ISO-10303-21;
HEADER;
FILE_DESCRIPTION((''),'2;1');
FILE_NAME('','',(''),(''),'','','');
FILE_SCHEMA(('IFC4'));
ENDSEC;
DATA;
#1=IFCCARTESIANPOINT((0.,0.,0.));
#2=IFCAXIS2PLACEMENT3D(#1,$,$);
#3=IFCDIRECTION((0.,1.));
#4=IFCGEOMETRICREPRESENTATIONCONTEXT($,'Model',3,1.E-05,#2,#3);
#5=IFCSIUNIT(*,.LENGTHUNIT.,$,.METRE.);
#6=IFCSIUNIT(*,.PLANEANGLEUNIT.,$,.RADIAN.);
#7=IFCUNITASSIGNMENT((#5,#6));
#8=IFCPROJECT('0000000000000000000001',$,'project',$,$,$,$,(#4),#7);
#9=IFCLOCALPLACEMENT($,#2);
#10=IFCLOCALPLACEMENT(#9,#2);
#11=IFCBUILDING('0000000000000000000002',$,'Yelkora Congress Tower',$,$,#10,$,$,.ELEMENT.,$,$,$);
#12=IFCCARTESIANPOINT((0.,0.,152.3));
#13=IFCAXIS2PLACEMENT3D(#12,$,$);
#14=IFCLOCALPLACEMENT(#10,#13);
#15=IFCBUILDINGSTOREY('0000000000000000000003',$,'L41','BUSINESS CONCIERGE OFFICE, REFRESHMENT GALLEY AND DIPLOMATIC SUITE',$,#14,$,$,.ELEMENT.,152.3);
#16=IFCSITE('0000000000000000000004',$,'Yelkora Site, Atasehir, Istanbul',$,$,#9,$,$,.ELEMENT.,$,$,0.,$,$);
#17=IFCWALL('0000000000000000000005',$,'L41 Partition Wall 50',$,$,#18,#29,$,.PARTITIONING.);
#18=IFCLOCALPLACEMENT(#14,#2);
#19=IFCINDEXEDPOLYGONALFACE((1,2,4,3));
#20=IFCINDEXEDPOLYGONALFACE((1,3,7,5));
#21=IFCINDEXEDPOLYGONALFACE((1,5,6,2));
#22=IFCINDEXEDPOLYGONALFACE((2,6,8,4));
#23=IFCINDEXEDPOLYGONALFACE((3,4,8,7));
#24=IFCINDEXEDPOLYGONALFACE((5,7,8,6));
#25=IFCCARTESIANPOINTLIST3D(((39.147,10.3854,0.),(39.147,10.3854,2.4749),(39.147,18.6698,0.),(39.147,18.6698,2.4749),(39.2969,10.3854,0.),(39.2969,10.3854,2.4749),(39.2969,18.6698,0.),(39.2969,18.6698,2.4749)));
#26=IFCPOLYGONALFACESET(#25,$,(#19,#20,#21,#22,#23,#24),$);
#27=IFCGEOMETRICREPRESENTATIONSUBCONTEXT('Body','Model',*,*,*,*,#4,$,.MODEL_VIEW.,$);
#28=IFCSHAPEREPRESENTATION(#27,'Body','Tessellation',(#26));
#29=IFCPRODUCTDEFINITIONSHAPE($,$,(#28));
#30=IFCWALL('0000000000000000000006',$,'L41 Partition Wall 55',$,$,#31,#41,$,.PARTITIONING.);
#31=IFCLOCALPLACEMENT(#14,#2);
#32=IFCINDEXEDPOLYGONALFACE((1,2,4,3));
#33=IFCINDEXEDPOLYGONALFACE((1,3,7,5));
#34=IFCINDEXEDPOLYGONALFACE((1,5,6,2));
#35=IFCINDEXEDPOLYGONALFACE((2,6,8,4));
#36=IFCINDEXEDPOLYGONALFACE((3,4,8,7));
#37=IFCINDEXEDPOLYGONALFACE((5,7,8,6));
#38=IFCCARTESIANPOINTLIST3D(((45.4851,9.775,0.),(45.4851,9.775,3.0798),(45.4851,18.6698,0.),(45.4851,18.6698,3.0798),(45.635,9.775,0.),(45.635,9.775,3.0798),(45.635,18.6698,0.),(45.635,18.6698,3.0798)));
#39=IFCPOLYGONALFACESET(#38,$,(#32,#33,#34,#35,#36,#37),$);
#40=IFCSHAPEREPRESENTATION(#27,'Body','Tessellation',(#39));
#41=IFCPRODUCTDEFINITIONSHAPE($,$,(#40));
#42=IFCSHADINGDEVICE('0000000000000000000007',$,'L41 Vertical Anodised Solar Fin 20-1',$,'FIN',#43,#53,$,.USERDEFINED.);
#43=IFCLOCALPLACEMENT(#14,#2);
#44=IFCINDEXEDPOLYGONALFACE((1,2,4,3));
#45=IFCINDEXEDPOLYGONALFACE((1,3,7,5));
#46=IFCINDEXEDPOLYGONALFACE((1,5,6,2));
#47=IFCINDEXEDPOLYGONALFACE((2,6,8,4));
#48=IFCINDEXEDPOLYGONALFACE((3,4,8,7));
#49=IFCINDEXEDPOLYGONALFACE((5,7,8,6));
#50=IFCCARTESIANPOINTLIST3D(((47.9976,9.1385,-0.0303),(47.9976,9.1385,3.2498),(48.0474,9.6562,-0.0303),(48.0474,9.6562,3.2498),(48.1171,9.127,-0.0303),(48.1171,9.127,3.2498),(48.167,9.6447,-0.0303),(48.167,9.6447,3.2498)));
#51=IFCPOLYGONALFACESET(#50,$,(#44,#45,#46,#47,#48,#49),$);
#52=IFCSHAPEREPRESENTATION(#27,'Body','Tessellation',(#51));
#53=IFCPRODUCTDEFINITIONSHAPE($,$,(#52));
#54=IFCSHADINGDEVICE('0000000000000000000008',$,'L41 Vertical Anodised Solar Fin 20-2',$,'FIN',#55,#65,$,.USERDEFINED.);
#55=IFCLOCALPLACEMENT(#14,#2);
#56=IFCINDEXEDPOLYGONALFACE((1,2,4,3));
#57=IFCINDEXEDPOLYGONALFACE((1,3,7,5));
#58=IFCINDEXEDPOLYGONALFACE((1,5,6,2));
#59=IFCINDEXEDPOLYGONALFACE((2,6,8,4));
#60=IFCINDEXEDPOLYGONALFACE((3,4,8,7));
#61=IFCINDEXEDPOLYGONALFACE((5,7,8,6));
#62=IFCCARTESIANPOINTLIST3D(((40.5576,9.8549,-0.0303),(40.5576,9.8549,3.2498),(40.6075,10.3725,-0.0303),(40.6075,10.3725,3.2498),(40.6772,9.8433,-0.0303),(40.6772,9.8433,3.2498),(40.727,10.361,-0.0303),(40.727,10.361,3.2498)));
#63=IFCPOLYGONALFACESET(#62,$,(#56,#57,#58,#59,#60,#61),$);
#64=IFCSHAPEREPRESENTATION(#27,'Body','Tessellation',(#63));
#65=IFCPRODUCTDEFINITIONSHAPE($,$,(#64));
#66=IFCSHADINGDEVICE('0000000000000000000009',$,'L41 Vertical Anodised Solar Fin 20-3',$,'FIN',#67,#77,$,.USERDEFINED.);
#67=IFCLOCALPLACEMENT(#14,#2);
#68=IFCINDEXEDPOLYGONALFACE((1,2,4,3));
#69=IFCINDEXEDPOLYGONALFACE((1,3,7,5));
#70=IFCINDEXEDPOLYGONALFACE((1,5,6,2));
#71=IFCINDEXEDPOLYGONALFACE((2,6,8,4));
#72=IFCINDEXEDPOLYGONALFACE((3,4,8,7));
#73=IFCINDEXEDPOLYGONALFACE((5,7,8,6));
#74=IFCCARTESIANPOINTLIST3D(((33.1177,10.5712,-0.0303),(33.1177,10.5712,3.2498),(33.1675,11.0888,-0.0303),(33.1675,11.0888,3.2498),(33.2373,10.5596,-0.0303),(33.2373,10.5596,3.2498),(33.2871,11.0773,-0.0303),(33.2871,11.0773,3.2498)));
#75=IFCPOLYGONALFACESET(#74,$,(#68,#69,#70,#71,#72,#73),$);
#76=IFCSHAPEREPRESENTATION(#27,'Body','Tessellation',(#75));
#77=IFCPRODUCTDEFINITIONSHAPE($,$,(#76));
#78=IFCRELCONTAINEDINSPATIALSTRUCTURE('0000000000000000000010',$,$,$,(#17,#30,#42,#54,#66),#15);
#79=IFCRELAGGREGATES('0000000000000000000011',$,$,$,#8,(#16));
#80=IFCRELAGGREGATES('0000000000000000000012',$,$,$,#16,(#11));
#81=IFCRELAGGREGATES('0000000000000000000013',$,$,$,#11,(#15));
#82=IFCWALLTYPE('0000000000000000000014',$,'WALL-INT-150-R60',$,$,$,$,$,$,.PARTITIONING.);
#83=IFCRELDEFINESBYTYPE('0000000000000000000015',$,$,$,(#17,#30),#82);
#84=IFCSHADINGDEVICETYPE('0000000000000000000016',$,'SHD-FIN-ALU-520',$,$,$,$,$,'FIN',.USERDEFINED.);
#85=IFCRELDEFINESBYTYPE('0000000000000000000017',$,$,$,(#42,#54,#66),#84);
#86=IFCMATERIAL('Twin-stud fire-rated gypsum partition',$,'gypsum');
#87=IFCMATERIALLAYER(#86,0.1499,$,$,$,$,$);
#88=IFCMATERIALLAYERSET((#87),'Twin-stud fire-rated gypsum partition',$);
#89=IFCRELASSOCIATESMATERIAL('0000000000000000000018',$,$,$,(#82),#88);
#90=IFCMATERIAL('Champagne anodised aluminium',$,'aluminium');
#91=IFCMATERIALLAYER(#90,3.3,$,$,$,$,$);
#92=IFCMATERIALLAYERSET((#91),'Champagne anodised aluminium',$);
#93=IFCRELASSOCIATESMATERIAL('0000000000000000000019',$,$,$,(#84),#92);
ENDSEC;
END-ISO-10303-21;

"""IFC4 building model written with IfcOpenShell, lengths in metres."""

from ifc_helpers import new_model, si_unit, direction, frame, frame_2d, origin, origin_2d, place, context, subcontext, project, spatial, rectangle, extrude, material, layer, layer_set, type_object, element, save


model = new_model("IFC4")

# Units and contexts
model_context = context("Model", 3, precision=1e-05, world=origin(), true_north=direction((0.0, 1.0)))
body_context = subcontext(model_context, "Body", "Model", "MODEL_VIEW")
ifc_project = project(units=[si_unit("LENGTHUNIT", "METRE"), si_unit("PLANEANGLEUNIT", "RADIAN")], contexts=[model_context])

# Site, building, storey
site_placement = place(None, origin())
site = spatial("IfcSite", under=ifc_project, at=site_placement, Name="Yelkora Site, Atasehir, Istanbul", CompositionType="ELEMENT", RefElevation=0.0)
building_placement = place(site_placement, origin())
building = spatial("IfcBuilding", under=site, at=building_placement, Name="Yelkora Congress Tower", CompositionType="ELEMENT")
storey_placement = place(building_placement, frame((0.0, 0.0, 152.3)))
storey = spatial("IfcBuildingStorey", under=building, at=storey_placement, Name="L41", Description="BUSINESS CONCIERGE OFFICE, REFRESHMENT GALLEY AND DIPLOMATIC SUITE", CompositionType="ELEMENT", Elevation=152.3)

# Walls
ifc_material_1 = material(Name="Twin-stud fire-rated gypsum partition", Category="gypsum")
ifc_layer_1 = layer(ifc_material_1, 0.1499)
ifc_layer_set_1 = layer_set([ifc_layer_1], Name="Twin-stud fire-rated gypsum partition")
wall_type = type_object("IfcWallType", Name="WALL-INT-150-R60", PredefinedType="PARTITIONING", material=ifc_layer_set_1)
wall_1_placement = place(storey_placement, frame((39.2219, 10.3855, 0.0), z_axis=(0.0, 0.0, 1.0), x_axis=(0.0, 1.0, 0.0)))
element("IfcWall", 1, at=wall_1_placement, inside=storey, type_object=wall_type, Name="L41 Partition Wall 50", PredefinedType="PARTITIONING", context=body_context, shape_type="SweptSolid", body=[
    extrude(rectangle(XDim=8.2844, YDim=0.1499, at=frame_2d((4.1421, 0.0))), origin(), (0.0, 0.0, 1.0), 2.4749),
])
wall_2_placement = place(storey_placement, frame((45.5601, 9.7751, 0.0), z_axis=(0.0, 0.0, 1.0), x_axis=(0.0, 1.0, 0.0)))
element("IfcWall", 2, at=wall_2_placement, inside=storey, type_object=wall_type, Name="L41 Partition Wall 55", PredefinedType="PARTITIONING", context=body_context, shape_type="SweptSolid", body=[
    extrude(rectangle(XDim=8.8948, YDim=0.1499, at=frame_2d((4.4473, 0.0))), origin(), (0.0, 0.0, 1.0), 3.0798),
])

# Shading devices
ifc_material_2 = material(Name="Champagne anodised aluminium", Category="aluminium")
ifc_layer_2 = layer(ifc_material_2, 3.3)
ifc_layer_set_2 = layer_set([ifc_layer_2], Name="Champagne anodised aluminium")
shading_device_type = type_object("IfcShadingDeviceType", Name="SHD-FIN-ALU-520", ElementType="FIN", PredefinedType="USERDEFINED", material=ifc_layer_set_2)
for number, where, z_axis, x_axis, name in (
    (3, (48.0823, 9.3916, -0.0303), (0.0, 0.0, 1.0), (-0.995396, 0.095846, 0.0), "L41 Vertical Anodised Solar Fin 20-1"),
    (4, (40.6423, 10.1079, -0.0303), (0.0, 0.0, 1.0), (-0.995396, 0.095846, 0.0), "L41 Vertical Anodised Solar Fin 20-2"),
    (5, (33.2024, 10.8242, -0.0303), (0.0, 0.0, 1.0), (-0.995396, 0.095846, 0.0), "L41 Vertical Anodised Solar Fin 20-3"),
):
    element("IfcShadingDevice", number, at=place(storey_placement, frame(where, z_axis=z_axis, x_axis=x_axis)), inside=storey, type_object=shading_device_type, Name=name, ObjectType="FIN", PredefinedType="USERDEFINED", context=body_context, shape_type="SweptSolid", body=[
        extrude(rectangle(XDim=0.1201, YDim=0.52, at=origin_2d()), origin(), (0.0, 0.0, 1.0), 3.28),
    ])

save(model, "model.ifc")
